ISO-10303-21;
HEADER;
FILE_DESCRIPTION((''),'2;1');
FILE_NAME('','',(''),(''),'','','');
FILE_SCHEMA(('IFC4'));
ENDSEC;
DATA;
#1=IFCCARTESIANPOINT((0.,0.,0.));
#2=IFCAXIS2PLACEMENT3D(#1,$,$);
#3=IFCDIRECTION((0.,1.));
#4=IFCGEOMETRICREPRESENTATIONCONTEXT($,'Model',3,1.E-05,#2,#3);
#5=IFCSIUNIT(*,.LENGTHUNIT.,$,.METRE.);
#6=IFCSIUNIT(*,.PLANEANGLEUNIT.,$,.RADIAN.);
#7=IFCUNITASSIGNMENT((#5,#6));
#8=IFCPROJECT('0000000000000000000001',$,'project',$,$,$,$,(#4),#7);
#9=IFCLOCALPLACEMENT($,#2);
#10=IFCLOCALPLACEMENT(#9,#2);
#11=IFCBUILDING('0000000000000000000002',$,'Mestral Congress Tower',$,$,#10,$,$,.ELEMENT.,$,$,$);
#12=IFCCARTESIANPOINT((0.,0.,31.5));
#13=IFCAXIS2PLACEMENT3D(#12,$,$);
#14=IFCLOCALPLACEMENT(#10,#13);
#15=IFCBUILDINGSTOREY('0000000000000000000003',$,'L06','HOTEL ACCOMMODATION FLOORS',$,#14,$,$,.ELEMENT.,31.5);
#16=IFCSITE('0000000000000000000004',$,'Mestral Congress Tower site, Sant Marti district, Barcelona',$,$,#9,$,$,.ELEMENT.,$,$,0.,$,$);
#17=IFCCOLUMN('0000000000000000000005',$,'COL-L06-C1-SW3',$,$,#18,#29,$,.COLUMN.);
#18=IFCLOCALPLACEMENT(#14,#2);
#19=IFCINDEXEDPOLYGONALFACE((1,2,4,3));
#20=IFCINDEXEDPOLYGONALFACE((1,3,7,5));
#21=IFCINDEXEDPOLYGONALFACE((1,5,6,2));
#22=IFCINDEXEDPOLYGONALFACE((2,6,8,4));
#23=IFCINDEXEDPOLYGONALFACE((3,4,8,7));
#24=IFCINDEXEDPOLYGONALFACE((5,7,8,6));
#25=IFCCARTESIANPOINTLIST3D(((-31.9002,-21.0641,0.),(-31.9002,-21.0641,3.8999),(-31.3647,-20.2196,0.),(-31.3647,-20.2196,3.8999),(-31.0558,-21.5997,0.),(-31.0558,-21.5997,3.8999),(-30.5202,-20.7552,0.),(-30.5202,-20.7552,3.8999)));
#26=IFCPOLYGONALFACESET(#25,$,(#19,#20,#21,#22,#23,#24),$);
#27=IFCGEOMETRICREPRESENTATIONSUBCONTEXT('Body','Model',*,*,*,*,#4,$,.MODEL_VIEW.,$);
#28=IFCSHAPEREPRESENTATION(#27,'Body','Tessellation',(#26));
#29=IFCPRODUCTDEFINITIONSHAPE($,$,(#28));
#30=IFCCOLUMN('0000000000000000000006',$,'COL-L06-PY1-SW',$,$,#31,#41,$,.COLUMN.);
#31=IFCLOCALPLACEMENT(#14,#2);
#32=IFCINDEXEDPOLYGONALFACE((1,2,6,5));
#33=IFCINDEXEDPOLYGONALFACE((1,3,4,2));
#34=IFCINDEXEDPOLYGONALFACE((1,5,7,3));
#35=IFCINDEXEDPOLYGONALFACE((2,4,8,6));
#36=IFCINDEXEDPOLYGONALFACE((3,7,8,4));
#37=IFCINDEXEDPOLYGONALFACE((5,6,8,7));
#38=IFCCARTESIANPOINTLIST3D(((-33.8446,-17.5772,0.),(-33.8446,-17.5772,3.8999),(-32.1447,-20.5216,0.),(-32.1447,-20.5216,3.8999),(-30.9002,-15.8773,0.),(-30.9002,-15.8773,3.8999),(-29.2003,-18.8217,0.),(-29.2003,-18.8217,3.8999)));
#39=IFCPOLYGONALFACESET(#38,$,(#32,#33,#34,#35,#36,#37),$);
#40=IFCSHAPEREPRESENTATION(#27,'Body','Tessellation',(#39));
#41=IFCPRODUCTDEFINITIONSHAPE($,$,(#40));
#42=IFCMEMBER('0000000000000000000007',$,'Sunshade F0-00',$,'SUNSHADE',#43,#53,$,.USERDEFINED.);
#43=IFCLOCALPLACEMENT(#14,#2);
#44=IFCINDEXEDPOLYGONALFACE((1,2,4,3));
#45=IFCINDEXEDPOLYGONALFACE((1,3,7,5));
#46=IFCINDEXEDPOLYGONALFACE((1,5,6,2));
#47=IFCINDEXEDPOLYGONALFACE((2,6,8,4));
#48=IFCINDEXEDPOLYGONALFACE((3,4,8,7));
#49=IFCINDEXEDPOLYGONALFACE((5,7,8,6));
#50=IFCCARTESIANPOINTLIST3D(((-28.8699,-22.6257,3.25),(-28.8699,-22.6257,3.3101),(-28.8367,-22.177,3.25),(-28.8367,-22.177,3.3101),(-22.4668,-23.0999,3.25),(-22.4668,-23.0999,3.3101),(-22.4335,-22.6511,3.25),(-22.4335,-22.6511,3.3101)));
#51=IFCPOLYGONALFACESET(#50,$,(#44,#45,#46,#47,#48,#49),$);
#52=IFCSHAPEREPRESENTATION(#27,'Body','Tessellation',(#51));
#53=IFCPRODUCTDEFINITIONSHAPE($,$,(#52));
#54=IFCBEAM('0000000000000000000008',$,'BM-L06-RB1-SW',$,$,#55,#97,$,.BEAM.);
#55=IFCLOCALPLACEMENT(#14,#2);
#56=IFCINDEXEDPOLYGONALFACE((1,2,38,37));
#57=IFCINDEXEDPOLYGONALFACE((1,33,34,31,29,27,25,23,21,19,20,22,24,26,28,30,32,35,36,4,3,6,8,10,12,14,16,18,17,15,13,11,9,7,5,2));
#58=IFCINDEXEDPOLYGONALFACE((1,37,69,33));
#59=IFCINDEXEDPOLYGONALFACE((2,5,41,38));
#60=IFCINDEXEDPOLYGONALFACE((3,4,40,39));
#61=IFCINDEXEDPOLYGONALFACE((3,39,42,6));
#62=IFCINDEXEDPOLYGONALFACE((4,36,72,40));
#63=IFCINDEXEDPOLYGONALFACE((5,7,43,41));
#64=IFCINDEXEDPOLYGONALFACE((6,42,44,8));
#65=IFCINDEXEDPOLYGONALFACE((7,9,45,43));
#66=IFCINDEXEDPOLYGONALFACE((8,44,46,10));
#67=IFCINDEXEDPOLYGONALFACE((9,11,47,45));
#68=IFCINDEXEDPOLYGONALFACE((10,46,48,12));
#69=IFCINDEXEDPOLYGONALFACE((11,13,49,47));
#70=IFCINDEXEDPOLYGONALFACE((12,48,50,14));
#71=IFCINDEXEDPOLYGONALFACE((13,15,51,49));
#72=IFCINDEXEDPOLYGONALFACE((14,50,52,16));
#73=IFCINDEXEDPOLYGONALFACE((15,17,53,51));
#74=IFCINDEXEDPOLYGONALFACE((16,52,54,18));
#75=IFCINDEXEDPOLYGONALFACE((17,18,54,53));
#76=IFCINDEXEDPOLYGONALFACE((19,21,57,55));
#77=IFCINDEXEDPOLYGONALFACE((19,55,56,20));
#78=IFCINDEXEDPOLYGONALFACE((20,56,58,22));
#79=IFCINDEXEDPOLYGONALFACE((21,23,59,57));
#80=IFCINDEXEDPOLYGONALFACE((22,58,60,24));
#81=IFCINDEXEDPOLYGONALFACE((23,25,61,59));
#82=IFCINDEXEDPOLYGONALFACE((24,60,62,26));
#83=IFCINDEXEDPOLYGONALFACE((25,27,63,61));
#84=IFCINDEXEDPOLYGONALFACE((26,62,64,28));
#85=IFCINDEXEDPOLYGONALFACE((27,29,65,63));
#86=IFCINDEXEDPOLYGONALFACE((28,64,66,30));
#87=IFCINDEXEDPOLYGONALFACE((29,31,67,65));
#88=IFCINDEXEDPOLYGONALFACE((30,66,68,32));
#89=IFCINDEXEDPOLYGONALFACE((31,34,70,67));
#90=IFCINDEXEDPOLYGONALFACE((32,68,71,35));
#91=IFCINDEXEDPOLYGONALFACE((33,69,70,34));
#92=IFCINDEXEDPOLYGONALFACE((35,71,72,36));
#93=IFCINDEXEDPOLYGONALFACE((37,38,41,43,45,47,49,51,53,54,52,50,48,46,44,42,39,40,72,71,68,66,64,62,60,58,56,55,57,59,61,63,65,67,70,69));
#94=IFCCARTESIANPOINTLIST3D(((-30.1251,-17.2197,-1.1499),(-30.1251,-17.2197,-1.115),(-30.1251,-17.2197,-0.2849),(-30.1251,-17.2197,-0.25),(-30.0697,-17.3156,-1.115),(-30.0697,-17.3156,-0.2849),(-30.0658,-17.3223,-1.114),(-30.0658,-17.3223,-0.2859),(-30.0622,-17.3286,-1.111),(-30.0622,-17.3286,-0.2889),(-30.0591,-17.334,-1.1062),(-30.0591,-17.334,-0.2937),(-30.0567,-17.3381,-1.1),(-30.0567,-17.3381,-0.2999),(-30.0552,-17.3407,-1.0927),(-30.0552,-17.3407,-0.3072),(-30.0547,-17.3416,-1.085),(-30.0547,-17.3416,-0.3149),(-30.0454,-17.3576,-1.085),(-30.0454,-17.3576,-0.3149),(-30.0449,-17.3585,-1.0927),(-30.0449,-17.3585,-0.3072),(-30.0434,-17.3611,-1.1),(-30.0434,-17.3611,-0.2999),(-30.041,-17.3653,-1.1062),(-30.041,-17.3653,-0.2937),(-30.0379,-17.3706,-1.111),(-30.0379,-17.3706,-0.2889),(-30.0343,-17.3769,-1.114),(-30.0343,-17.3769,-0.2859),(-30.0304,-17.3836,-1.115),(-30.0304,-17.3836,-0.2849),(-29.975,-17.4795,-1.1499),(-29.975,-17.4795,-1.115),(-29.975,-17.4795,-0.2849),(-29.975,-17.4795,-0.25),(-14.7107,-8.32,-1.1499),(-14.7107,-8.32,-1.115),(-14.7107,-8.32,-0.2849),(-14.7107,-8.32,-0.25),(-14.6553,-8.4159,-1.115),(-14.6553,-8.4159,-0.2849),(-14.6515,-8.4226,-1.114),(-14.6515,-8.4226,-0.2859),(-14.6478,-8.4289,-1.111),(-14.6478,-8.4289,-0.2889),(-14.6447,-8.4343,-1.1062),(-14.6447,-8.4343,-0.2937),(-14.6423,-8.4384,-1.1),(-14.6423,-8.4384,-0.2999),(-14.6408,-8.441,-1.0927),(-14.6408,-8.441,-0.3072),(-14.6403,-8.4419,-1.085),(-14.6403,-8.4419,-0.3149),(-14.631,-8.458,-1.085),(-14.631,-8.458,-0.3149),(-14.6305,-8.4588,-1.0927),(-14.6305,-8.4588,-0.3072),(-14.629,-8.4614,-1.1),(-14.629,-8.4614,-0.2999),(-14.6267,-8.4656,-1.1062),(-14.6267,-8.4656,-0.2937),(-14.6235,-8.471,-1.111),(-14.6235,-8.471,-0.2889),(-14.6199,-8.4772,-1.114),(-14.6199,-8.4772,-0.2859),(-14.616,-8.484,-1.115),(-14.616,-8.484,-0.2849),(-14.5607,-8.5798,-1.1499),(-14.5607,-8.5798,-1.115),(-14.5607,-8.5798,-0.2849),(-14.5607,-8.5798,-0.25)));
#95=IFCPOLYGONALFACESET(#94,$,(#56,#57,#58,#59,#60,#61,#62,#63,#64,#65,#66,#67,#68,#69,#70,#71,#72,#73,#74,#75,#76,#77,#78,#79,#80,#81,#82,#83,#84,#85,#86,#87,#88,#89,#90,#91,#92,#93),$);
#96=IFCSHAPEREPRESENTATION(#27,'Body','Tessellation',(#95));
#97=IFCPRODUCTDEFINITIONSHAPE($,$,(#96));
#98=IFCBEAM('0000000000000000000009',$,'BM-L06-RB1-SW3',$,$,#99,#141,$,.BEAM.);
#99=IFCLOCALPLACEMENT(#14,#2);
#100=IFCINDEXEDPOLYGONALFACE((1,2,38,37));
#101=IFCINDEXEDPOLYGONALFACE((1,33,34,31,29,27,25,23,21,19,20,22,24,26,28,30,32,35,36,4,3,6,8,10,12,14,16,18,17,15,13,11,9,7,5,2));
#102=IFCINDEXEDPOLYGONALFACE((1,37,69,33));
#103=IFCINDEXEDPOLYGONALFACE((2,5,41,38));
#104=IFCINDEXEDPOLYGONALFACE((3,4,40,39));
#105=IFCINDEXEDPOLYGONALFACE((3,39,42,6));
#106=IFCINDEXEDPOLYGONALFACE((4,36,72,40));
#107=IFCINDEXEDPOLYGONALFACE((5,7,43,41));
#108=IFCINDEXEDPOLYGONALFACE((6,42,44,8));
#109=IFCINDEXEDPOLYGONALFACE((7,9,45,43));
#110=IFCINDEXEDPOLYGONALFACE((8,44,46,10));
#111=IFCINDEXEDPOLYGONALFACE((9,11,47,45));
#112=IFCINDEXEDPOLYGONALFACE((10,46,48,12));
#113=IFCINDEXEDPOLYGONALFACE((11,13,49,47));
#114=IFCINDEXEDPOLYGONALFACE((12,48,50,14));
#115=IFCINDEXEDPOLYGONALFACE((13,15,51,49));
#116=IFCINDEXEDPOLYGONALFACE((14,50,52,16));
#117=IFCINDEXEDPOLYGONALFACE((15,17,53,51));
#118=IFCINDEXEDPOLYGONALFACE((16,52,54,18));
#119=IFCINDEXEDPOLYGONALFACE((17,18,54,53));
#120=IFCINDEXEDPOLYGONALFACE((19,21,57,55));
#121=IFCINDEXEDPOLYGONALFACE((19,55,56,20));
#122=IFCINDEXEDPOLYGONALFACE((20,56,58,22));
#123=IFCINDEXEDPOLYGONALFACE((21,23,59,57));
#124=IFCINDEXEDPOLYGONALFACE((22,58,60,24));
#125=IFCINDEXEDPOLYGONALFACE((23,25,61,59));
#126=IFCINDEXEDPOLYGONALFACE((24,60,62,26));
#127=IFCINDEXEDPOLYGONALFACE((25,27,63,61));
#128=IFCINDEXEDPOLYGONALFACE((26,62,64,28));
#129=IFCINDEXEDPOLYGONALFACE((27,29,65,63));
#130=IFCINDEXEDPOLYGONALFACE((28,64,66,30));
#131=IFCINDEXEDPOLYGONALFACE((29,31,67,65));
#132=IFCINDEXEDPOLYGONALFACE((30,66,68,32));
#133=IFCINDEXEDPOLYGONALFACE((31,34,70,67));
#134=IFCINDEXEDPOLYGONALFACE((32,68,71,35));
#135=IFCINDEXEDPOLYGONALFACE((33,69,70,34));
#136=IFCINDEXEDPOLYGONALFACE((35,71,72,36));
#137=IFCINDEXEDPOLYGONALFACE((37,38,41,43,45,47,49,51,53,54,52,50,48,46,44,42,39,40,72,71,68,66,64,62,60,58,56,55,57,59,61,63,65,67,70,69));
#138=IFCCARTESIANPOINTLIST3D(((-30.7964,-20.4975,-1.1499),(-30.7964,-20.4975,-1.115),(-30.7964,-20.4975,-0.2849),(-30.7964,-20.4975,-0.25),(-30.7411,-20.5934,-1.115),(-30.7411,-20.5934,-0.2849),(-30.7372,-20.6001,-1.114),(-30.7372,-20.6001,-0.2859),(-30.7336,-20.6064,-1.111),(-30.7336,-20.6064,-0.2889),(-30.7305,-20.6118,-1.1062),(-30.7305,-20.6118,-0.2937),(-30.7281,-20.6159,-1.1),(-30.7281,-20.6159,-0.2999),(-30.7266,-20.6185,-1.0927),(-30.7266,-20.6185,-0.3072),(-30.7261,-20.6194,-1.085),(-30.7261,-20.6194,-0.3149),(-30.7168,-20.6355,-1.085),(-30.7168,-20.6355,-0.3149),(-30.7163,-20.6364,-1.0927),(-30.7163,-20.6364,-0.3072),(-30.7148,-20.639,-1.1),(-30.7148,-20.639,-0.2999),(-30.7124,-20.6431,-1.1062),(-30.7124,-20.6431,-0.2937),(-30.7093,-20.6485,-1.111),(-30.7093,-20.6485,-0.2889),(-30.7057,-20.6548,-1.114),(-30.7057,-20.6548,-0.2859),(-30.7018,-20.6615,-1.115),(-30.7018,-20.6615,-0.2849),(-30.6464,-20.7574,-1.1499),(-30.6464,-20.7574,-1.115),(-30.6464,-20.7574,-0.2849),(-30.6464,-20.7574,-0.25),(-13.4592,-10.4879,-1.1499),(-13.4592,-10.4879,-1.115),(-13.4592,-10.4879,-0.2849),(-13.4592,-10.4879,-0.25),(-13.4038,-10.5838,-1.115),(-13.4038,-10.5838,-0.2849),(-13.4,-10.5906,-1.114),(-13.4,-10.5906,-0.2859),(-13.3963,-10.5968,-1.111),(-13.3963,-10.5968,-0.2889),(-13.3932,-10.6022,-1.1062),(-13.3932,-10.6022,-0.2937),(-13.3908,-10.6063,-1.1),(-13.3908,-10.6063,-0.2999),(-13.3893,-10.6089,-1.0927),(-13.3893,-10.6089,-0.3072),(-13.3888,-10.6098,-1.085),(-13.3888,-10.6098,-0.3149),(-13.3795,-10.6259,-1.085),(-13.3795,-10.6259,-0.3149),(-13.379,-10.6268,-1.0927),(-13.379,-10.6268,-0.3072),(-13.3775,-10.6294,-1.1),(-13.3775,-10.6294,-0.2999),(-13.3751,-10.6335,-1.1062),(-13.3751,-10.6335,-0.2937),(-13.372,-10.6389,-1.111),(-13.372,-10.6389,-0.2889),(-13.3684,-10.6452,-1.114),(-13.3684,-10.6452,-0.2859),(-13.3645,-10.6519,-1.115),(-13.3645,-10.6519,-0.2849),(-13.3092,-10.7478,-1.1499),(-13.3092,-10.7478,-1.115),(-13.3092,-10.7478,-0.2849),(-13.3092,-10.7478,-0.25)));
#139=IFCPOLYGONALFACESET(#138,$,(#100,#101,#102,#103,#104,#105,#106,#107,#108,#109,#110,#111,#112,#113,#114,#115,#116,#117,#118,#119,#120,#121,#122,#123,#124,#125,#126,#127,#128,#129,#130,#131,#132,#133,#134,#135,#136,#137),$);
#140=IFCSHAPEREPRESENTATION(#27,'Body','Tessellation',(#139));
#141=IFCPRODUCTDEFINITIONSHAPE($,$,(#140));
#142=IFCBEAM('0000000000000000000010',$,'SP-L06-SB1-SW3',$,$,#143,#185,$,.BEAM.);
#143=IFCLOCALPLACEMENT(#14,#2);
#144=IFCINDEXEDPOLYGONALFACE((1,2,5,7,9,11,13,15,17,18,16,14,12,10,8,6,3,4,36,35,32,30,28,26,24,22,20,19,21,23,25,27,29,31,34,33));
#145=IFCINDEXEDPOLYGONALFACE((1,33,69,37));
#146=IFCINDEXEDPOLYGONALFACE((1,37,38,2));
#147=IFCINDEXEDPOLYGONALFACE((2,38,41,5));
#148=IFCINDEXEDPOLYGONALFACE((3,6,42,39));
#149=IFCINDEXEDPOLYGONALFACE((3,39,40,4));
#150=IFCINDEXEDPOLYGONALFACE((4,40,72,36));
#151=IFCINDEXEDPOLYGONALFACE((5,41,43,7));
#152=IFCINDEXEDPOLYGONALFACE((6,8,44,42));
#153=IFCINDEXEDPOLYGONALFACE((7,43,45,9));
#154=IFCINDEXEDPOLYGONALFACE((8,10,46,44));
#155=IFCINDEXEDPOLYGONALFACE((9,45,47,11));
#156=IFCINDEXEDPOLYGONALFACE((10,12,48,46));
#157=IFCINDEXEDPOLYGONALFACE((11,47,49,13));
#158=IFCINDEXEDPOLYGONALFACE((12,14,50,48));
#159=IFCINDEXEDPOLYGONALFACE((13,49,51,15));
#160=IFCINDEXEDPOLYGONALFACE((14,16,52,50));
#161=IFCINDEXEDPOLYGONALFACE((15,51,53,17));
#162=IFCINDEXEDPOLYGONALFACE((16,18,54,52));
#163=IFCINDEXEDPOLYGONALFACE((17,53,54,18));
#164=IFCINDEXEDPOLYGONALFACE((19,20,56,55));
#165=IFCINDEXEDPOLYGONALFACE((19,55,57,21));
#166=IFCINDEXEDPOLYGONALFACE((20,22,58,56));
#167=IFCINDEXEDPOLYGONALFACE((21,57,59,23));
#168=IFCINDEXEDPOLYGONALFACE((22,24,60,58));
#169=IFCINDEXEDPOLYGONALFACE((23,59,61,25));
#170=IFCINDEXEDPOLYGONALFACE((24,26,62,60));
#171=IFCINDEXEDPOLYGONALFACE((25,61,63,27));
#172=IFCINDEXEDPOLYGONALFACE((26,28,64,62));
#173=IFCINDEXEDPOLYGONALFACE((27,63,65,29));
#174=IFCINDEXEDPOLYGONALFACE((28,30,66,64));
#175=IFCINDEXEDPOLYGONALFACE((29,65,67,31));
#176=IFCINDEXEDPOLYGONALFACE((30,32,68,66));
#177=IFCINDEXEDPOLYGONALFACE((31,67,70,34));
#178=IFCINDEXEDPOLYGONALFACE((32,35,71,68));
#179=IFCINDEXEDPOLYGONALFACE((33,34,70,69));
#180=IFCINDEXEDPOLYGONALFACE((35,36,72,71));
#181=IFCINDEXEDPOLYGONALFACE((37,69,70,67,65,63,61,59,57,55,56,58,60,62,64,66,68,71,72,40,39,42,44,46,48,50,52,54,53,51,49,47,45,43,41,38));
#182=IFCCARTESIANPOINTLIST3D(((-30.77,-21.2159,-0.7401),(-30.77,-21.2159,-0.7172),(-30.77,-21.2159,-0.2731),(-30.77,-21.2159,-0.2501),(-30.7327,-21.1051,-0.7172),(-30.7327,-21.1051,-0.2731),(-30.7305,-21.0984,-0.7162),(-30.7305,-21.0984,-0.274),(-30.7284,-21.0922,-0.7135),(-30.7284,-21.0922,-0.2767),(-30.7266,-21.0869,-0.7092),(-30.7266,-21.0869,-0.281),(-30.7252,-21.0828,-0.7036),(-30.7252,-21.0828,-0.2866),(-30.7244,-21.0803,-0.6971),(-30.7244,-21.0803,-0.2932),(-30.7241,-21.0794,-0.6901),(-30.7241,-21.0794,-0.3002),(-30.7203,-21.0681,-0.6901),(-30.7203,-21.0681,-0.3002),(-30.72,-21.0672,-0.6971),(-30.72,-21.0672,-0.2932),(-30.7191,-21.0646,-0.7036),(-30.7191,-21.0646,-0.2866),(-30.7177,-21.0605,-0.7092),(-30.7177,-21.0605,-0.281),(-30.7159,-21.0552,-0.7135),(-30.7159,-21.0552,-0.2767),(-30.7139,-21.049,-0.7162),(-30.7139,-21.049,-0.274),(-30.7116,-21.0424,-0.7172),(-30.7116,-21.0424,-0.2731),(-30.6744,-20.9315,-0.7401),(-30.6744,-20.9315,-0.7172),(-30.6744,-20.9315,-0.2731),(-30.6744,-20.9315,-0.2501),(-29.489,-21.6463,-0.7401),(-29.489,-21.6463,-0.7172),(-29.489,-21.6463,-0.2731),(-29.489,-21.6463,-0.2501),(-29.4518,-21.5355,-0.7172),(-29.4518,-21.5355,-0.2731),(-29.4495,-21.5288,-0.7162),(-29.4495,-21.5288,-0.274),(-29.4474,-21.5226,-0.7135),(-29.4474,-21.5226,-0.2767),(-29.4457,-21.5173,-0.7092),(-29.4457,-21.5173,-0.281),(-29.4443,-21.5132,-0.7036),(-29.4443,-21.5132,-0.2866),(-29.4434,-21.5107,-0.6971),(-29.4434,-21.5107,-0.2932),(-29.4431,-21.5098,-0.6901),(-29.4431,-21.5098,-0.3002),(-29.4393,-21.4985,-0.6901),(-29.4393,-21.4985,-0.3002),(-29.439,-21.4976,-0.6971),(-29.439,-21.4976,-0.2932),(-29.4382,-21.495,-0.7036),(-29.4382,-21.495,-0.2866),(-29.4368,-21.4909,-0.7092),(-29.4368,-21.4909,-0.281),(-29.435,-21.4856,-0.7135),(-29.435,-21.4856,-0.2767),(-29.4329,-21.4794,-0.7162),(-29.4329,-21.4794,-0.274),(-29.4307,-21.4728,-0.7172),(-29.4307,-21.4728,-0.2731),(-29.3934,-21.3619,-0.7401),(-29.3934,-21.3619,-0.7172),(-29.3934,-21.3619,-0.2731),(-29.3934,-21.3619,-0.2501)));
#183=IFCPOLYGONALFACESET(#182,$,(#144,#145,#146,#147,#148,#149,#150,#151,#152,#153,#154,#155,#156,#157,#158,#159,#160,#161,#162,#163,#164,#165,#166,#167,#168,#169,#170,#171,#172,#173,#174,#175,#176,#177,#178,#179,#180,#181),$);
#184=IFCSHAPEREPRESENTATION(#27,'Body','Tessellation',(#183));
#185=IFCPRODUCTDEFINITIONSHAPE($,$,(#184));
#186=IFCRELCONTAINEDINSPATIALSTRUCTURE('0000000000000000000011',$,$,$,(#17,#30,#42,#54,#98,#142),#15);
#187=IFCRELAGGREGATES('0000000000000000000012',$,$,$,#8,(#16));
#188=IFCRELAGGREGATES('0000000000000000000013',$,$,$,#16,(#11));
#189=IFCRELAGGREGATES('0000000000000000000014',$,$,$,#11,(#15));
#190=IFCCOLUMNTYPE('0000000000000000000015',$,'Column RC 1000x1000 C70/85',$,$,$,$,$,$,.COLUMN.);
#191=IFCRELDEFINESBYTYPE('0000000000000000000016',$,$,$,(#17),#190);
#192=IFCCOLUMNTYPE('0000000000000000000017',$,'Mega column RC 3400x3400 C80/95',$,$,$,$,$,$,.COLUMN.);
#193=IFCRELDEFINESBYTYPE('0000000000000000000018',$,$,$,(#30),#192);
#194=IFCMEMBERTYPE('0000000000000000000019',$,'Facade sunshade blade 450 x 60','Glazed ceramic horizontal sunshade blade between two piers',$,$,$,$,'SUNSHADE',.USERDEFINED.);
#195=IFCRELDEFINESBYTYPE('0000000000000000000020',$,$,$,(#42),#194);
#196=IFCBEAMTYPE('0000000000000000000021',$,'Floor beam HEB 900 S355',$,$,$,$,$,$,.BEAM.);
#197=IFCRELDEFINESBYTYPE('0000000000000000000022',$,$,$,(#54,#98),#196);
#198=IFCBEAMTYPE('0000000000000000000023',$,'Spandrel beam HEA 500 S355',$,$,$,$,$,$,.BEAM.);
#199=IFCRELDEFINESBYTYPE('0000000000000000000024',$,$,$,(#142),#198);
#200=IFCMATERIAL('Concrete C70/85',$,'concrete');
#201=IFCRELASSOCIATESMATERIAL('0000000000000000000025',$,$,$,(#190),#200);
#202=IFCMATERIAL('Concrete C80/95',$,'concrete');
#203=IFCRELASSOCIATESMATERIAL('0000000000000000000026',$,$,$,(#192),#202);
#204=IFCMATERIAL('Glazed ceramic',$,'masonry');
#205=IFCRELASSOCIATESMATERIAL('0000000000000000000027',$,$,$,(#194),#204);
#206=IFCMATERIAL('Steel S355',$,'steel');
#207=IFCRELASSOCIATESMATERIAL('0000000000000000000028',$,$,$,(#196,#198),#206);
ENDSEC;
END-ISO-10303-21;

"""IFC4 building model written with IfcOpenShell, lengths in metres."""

from ifc_helpers import new_model, si_unit, direction, frame, origin, origin_2d, place, context, subcontext, project, spatial, rectangle, i_section, extrude, material, material_profile, profile_set, type_object, element, save


model = new_model("IFC4")

# Units and contexts
model_context = context("Model", 3, precision=1e-05, world=origin(), true_north=direction((0.0, 1.0)))
body_context = subcontext(model_context, "Body", "Model", "MODEL_VIEW")
ifc_project = project(units=[si_unit("LENGTHUNIT", "METRE"), si_unit("PLANEANGLEUNIT", "RADIAN")], contexts=[model_context])

# Site, building, storey
site_placement = place(None, origin())
site = spatial("IfcSite", under=ifc_project, at=site_placement, Name="Mestral Congress Tower site, Sant Marti district, Barcelona", CompositionType="ELEMENT", RefElevation=0.0)
building_placement = place(site_placement, origin())
building = spatial("IfcBuilding", under=site, at=building_placement, Name="Mestral Congress Tower", CompositionType="ELEMENT")
storey_placement = place(building_placement, frame((0.0, 0.0, 31.5)))
storey = spatial("IfcBuildingStorey", under=building, at=storey_placement, Name="L06", Description="HOTEL ACCOMMODATION FLOORS", CompositionType="ELEMENT", Elevation=31.5)

# Columns
ifc_material_1 = material(Name="Concrete C70/85", Category="concrete")
ifc_material_profile_1 = material_profile(ifc_material_1, rectangle(XDim=1.0, YDim=1.0, at=origin_2d()), Name="RC 1000x1000")
ifc_profile_set_1 = profile_set([ifc_material_profile_1], Name="Concrete C70/85")
column_type_1 = type_object("IfcColumnType", Name="Column RC 1000x1000 C70/85", PredefinedType="COLUMN", material=ifc_profile_set_1)
column_1_placement = place(storey_placement, frame((-31.2102, -20.9097, 0.0), z_axis=(0.0, 0.0, 1.0), x_axis=(0.844485, -0.535579, 0.0)))
element("IfcColumn", 1, at=column_1_placement, inside=storey, type_object=column_type_1, Name="COL-L06-C1-SW3", PredefinedType="COLUMN", context=body_context, shape_type="SweptSolid", body=[
    extrude(rectangle(XDim=1.0, YDim=1.0, at=origin_2d()), origin(), (0.0, 0.0, 1.0), 3.8999),
])
ifc_material_2 = material(Name="Concrete C80/95", Category="concrete")
ifc_material_profile_2 = material_profile(ifc_material_2, rectangle(XDim=3.3999, YDim=3.3999, at=origin_2d()), Name="RC 3400x3400")
ifc_profile_set_2 = profile_set([ifc_material_profile_2], Name="Concrete C80/95")
column_type_2 = type_object("IfcColumnType", Name="Mega column RC 3400x3400 C80/95", PredefinedType="COLUMN", material=ifc_profile_set_2)
column_2_placement = place(storey_placement, frame((-31.5225, -18.1995, 0.0), z_axis=(0.0, 0.0, 1.0), x_axis=(-0.866025, -0.5, 0.0)))
element("IfcColumn", 2, at=column_2_placement, inside=storey, type_object=column_type_2, Name="COL-L06-PY1-SW", PredefinedType="COLUMN", context=body_context, shape_type="SweptSolid", body=[
    extrude(rectangle(XDim=3.3999, YDim=3.3999, at=origin_2d()), origin(), (0.0, 0.0, 1.0), 3.8999),
])

# Member
ifc_material_3 = material(Name="Glazed ceramic", Category="masonry")
ifc_material_profile_3 = material_profile(ifc_material_3, rectangle(XDim=0.45, YDim=0.0601, at=origin_2d()), Name="Ceramic blade 450 x 60")
ifc_profile_set_3 = profile_set([ifc_material_profile_3], Name="Glazed ceramic")
member_type = type_object("IfcMemberType", Name="Facade sunshade blade 450 x 60", Description="Glazed ceramic horizontal sunshade blade between two piers", ElementType="SUNSHADE", PredefinedType="USERDEFINED", material=ifc_profile_set_3)
member_placement = place(storey_placement, frame((-28.8533, -22.4014, 3.28), z_axis=(0.99727, -0.073844, 0.0), x_axis=(0.073844, 0.99727, 0.0)))
element("IfcMember", 3, at=member_placement, inside=storey, type_object=member_type, Name="Sunshade F0-00", ObjectType="SUNSHADE", PredefinedType="USERDEFINED", context=body_context, shape_type="SweptSolid", body=[
    extrude(rectangle(XDim=0.45, YDim=0.0601, at=origin_2d()), origin(), (0.0, 0.0, 1.0), 6.4207),
])

# Beams
ifc_material_4 = material(Name="Steel S355", Category="steel")
ifc_material_profile_4 = material_profile(ifc_material_4, i_section(OverallWidth=0.3, OverallDepth=0.8999, WebThickness=0.0186, FlangeThickness=0.0349, FilletRadius=0.03, at=origin_2d()), Name="HEB 900")
ifc_profile_set_4 = profile_set([ifc_material_profile_4], Name="Steel S355")
beam_type_1 = type_object("IfcBeamType", Name="Floor beam HEB 900 S355", PredefinedType="BEAM", material=ifc_profile_set_4)
beam_1_placement = place(storey_placement, frame((-30.05, -17.3496, -0.7), z_axis=(0.86602, 0.500009, 0.0), x_axis=(-0.500009, 0.86602, 0.0)))
element("IfcBeam", 4, at=beam_1_placement, inside=storey, type_object=beam_type_1, Name="BM-L06-RB1-SW", PredefinedType="BEAM", context=body_context, shape_type="SweptSolid", body=[
    extrude(i_section(OverallWidth=0.3, OverallDepth=0.8999, WebThickness=0.0186, FlangeThickness=0.0349, FilletRadius=0.03, at=origin_2d()), origin(), (0.0, 0.0, 1.0), 17.7991),
])
beam_2_placement = place(storey_placement, frame((-30.7214, -20.6274, -0.7), z_axis=(0.866027, 0.499997, 0.0), x_axis=(-0.499997, 0.866027, 0.0)))
element("IfcBeam", 5, at=beam_2_placement, inside=storey, type_object=beam_type_1, Name="BM-L06-RB1-SW3", PredefinedType="BEAM", context=body_context, shape_type="SweptSolid", body=[
    extrude(i_section(OverallWidth=0.3, OverallDepth=0.8999, WebThickness=0.0186, FlangeThickness=0.0349, FilletRadius=0.03, at=origin_2d()), origin(), (0.0, 0.0, 1.0), 20.0193),
])
ifc_material_profile_5 = material_profile(ifc_material_4, i_section(OverallWidth=0.3, OverallDepth=0.49, WebThickness=0.012, FlangeThickness=0.0229, FilletRadius=0.0271, at=origin_2d()), Name="HEA 500")
ifc_profile_set_5 = profile_set([ifc_material_profile_5], Name="Steel S355")
beam_type_2 = type_object("IfcBeamType", Name="Spandrel beam HEA 500 S355", PredefinedType="BEAM", material=ifc_profile_set_5)
beam_3_placement = place(storey_placement, frame((-30.7222, -21.0737, -0.4951), z_axis=(0.947922, -0.318503, 0.0), x_axis=(0.318503, 0.947922, 0.0)))
element("IfcBeam", 6, at=beam_3_placement, inside=storey, type_object=beam_type_2, Name="SP-L06-SB1-SW3", PredefinedType="BEAM", context=body_context, shape_type="SweptSolid", body=[
    extrude(i_section(OverallWidth=0.3, OverallDepth=0.49, WebThickness=0.012, FlangeThickness=0.0229, FilletRadius=0.0271, at=origin_2d()), origin(), (0.0, 0.0, 1.0), 1.3513),
])

save(model, "model.ifc")
